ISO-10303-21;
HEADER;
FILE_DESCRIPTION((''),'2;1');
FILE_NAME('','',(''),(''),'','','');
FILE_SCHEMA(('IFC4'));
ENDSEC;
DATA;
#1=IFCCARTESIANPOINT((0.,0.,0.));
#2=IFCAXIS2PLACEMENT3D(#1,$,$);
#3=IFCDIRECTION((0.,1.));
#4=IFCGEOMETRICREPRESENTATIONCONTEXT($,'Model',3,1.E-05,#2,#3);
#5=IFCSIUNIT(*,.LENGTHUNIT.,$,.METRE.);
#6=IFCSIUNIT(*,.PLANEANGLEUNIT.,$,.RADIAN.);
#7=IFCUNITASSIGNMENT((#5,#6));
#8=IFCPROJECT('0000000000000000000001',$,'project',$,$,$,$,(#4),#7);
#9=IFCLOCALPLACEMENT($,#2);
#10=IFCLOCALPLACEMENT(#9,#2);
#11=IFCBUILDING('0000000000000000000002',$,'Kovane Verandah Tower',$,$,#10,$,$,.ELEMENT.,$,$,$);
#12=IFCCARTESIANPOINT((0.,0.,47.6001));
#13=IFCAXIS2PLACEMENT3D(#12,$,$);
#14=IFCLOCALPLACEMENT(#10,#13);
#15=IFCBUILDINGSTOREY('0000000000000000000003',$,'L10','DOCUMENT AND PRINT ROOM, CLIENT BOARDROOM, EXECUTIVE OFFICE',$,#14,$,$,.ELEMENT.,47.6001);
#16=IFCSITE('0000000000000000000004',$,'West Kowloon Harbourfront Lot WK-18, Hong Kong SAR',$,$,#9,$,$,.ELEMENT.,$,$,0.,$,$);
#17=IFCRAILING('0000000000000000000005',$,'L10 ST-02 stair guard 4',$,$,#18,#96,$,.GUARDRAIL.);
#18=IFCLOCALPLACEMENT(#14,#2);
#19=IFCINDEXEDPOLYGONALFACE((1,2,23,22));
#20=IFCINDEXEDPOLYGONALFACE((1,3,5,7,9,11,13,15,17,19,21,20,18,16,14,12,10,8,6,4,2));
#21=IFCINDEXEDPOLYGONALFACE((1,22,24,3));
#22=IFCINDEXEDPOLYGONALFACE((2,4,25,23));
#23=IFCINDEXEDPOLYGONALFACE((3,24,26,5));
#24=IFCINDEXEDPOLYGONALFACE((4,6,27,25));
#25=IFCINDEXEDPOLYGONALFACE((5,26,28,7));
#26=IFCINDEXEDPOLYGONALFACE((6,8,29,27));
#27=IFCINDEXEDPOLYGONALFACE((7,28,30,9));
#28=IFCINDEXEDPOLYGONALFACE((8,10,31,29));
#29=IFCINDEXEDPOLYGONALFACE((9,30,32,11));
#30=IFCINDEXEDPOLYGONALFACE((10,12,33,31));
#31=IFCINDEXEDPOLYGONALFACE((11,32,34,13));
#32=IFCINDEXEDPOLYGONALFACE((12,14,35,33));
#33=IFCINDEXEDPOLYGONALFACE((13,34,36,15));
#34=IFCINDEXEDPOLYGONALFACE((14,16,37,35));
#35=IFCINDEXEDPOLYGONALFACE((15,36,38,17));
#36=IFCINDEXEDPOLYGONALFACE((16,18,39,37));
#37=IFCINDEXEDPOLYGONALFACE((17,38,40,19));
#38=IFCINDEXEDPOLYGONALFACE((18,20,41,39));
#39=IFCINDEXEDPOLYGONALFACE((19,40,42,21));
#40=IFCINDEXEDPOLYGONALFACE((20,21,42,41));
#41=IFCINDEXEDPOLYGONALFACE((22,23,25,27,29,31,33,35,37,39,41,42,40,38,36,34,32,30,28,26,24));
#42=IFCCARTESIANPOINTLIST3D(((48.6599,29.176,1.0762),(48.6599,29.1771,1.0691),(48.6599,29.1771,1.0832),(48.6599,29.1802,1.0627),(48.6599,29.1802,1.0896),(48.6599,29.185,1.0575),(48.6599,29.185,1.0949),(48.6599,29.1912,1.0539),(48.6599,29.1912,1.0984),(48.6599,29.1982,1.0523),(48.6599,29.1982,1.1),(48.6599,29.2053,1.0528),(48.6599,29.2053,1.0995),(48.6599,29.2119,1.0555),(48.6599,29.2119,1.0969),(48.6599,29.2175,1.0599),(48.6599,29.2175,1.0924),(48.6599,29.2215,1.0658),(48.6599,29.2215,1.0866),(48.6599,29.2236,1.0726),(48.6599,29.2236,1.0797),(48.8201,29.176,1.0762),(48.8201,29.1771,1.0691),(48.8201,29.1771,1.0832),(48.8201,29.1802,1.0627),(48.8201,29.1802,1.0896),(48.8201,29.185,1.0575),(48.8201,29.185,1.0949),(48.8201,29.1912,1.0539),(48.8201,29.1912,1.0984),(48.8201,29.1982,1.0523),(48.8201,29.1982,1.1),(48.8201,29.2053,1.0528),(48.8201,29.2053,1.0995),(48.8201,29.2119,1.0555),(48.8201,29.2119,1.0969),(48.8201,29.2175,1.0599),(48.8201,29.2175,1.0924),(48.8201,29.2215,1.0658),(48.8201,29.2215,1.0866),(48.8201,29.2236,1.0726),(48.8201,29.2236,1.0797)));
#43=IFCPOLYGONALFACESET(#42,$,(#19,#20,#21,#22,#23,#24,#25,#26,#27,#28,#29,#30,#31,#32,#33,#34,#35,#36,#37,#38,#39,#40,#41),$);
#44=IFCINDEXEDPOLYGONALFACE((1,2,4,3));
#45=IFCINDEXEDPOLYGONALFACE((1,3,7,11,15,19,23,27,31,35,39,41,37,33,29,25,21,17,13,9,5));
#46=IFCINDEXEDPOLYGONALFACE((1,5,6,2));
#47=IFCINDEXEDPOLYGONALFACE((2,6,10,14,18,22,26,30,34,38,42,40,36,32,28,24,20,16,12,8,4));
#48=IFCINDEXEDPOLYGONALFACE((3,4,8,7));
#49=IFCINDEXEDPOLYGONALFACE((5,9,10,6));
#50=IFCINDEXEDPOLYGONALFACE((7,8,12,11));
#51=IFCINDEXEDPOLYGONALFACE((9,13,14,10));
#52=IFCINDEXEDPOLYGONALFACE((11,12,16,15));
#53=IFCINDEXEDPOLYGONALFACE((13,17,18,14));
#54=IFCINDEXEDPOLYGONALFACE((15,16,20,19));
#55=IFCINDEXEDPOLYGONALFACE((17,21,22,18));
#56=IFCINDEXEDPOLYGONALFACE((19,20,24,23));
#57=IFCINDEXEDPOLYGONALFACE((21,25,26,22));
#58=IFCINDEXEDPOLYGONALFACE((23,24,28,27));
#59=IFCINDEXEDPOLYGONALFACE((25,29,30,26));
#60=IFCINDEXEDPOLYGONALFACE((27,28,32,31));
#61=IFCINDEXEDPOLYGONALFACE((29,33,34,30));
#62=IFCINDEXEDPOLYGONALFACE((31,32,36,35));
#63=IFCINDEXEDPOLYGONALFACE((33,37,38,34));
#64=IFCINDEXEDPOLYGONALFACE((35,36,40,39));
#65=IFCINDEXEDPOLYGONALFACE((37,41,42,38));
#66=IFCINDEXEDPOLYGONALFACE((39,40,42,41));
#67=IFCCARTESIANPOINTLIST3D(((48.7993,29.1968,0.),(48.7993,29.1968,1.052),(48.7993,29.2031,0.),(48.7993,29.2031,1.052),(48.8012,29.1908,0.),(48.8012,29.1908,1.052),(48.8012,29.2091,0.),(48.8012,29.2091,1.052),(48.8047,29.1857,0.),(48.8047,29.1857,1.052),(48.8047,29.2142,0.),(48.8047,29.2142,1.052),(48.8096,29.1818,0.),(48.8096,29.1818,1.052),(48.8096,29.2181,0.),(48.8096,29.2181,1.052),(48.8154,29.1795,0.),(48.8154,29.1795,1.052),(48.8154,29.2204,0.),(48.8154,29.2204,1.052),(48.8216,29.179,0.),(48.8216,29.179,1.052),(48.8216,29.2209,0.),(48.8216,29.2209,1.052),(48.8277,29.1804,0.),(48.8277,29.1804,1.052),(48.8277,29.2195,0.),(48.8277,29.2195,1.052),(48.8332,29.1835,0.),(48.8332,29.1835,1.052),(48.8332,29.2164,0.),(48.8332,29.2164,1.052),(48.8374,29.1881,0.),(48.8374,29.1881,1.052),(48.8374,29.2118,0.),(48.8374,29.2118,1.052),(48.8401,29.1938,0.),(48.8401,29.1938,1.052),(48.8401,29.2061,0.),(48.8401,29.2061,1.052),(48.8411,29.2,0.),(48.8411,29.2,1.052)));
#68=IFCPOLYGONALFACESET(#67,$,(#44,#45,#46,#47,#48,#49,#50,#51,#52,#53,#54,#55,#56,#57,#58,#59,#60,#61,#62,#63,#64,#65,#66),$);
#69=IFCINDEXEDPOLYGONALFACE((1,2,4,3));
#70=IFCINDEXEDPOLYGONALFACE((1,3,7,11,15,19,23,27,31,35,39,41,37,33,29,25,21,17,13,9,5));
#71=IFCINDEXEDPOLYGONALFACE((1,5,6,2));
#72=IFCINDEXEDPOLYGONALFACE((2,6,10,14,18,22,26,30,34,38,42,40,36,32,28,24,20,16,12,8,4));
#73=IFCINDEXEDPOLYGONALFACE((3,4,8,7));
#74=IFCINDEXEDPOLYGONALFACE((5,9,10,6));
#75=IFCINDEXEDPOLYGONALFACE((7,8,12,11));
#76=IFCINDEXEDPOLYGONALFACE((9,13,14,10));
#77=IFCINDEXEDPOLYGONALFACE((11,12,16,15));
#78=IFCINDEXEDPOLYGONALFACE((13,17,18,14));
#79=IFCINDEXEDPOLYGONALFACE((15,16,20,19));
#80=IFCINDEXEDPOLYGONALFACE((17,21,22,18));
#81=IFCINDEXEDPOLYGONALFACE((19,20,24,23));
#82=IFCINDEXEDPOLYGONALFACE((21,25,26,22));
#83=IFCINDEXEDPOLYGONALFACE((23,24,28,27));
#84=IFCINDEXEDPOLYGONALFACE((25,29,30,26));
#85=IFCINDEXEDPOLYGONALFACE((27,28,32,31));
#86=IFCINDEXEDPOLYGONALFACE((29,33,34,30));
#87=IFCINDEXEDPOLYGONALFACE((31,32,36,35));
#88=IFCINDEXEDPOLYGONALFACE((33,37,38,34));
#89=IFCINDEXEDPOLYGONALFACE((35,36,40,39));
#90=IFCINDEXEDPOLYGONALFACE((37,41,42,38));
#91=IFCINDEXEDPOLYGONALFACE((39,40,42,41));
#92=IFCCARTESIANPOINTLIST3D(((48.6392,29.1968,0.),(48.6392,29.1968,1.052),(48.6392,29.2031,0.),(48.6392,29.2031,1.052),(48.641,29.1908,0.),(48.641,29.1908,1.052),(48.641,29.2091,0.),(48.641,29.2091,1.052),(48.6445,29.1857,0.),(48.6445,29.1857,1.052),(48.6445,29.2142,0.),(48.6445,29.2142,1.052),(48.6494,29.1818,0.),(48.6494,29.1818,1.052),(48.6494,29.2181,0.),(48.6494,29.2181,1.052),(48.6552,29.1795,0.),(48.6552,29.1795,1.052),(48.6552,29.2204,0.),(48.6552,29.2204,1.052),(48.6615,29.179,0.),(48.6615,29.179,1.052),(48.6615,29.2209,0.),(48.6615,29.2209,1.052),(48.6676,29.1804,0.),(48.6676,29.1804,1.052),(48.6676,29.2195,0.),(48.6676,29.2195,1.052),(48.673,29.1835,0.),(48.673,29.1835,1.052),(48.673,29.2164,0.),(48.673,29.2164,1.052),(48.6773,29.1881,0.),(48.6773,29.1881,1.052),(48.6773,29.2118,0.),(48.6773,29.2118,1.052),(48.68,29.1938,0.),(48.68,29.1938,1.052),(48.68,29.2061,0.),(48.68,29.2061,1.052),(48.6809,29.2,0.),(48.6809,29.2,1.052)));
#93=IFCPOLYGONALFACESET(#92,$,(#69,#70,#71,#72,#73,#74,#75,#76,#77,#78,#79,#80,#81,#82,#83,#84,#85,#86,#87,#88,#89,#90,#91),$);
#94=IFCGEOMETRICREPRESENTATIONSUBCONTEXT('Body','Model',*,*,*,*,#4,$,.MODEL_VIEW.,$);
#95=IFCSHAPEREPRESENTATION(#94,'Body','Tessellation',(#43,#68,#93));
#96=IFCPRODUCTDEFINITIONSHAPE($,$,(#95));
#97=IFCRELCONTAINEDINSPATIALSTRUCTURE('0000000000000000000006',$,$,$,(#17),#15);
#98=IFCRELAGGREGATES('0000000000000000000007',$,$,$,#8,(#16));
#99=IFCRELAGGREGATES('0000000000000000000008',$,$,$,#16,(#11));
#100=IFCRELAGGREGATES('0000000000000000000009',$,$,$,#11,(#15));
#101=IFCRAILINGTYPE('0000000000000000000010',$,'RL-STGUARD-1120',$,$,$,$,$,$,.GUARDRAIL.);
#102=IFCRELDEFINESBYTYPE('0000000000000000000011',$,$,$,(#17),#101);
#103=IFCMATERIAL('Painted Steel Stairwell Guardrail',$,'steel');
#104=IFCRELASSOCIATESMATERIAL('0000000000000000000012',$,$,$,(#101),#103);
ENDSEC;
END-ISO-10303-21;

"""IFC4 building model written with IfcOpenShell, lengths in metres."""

from ifc_helpers import new_model, si_unit, direction, frame, origin, origin_2d, place, context, subcontext, project, spatial, circle, extrude, material, type_object, element, save


model = new_model("IFC4")

# Units and contexts
model_context = context("Model", 3, precision=1e-05, world=origin(), true_north=direction((0.0, 1.0)))
body_context = subcontext(model_context, "Body", "Model", "MODEL_VIEW")
ifc_project = project(units=[si_unit("LENGTHUNIT", "METRE"), si_unit("PLANEANGLEUNIT", "RADIAN")], contexts=[model_context])

# Site, building, storey
site_placement = place(None, origin())
site = spatial("IfcSite", under=ifc_project, at=site_placement, Name="West Kowloon Harbourfront Lot WK-18, Hong Kong SAR", CompositionType="ELEMENT", RefElevation=0.0)
building_placement = place(site_placement, origin())
building = spatial("IfcBuilding", under=site, at=building_placement, Name="Kovane Verandah Tower", CompositionType="ELEMENT")
storey_placement = place(building_placement, frame((0.0, 0.0, 47.6001)))
storey = spatial("IfcBuildingStorey", under=building, at=storey_placement, Name="L10", Description="DOCUMENT AND PRINT ROOM, CLIENT BOARDROOM, EXECUTIVE OFFICE", CompositionType="ELEMENT", Elevation=47.6001)

# Railing
ifc_material_1 = material(Name="Painted Steel Stairwell Guardrail", Category="steel")
railing_type_1 = type_object("IfcRailingType", Name="RL-STGUARD-1120", PredefinedType="GUARDRAIL", material=ifc_material_1)
railing_1_placement = place(storey_placement, frame((48.8201, 29.2, 0.0)))
element("IfcRailing", 1, at=railing_1_placement, inside=storey, type_object=railing_type_1, Name="L10 ST-02 stair guard 4", PredefinedType="GUARDRAIL", context=body_context, shape_type="SweptSolid", body=[
    extrude(circle(Radius=0.0239, at=origin_2d()), frame((0.0, 0.0, 1.0762), z_axis=(-1.0, 0.0, 0.0), x_axis=(0.0, -1.0, 0.0)), (0.0, 0.0, 1.0), 0.1602),
    extrude(circle(Radius=0.021, at=origin_2d()), origin(), (0.0, 0.0, 1.0), 1.052),
    extrude(circle(Radius=0.021, at=origin_2d()), frame((-0.1602, 0.0, 0.0)), (0.0, 0.0, 1.0), 1.052),
])

save(model, "model.ifc")
